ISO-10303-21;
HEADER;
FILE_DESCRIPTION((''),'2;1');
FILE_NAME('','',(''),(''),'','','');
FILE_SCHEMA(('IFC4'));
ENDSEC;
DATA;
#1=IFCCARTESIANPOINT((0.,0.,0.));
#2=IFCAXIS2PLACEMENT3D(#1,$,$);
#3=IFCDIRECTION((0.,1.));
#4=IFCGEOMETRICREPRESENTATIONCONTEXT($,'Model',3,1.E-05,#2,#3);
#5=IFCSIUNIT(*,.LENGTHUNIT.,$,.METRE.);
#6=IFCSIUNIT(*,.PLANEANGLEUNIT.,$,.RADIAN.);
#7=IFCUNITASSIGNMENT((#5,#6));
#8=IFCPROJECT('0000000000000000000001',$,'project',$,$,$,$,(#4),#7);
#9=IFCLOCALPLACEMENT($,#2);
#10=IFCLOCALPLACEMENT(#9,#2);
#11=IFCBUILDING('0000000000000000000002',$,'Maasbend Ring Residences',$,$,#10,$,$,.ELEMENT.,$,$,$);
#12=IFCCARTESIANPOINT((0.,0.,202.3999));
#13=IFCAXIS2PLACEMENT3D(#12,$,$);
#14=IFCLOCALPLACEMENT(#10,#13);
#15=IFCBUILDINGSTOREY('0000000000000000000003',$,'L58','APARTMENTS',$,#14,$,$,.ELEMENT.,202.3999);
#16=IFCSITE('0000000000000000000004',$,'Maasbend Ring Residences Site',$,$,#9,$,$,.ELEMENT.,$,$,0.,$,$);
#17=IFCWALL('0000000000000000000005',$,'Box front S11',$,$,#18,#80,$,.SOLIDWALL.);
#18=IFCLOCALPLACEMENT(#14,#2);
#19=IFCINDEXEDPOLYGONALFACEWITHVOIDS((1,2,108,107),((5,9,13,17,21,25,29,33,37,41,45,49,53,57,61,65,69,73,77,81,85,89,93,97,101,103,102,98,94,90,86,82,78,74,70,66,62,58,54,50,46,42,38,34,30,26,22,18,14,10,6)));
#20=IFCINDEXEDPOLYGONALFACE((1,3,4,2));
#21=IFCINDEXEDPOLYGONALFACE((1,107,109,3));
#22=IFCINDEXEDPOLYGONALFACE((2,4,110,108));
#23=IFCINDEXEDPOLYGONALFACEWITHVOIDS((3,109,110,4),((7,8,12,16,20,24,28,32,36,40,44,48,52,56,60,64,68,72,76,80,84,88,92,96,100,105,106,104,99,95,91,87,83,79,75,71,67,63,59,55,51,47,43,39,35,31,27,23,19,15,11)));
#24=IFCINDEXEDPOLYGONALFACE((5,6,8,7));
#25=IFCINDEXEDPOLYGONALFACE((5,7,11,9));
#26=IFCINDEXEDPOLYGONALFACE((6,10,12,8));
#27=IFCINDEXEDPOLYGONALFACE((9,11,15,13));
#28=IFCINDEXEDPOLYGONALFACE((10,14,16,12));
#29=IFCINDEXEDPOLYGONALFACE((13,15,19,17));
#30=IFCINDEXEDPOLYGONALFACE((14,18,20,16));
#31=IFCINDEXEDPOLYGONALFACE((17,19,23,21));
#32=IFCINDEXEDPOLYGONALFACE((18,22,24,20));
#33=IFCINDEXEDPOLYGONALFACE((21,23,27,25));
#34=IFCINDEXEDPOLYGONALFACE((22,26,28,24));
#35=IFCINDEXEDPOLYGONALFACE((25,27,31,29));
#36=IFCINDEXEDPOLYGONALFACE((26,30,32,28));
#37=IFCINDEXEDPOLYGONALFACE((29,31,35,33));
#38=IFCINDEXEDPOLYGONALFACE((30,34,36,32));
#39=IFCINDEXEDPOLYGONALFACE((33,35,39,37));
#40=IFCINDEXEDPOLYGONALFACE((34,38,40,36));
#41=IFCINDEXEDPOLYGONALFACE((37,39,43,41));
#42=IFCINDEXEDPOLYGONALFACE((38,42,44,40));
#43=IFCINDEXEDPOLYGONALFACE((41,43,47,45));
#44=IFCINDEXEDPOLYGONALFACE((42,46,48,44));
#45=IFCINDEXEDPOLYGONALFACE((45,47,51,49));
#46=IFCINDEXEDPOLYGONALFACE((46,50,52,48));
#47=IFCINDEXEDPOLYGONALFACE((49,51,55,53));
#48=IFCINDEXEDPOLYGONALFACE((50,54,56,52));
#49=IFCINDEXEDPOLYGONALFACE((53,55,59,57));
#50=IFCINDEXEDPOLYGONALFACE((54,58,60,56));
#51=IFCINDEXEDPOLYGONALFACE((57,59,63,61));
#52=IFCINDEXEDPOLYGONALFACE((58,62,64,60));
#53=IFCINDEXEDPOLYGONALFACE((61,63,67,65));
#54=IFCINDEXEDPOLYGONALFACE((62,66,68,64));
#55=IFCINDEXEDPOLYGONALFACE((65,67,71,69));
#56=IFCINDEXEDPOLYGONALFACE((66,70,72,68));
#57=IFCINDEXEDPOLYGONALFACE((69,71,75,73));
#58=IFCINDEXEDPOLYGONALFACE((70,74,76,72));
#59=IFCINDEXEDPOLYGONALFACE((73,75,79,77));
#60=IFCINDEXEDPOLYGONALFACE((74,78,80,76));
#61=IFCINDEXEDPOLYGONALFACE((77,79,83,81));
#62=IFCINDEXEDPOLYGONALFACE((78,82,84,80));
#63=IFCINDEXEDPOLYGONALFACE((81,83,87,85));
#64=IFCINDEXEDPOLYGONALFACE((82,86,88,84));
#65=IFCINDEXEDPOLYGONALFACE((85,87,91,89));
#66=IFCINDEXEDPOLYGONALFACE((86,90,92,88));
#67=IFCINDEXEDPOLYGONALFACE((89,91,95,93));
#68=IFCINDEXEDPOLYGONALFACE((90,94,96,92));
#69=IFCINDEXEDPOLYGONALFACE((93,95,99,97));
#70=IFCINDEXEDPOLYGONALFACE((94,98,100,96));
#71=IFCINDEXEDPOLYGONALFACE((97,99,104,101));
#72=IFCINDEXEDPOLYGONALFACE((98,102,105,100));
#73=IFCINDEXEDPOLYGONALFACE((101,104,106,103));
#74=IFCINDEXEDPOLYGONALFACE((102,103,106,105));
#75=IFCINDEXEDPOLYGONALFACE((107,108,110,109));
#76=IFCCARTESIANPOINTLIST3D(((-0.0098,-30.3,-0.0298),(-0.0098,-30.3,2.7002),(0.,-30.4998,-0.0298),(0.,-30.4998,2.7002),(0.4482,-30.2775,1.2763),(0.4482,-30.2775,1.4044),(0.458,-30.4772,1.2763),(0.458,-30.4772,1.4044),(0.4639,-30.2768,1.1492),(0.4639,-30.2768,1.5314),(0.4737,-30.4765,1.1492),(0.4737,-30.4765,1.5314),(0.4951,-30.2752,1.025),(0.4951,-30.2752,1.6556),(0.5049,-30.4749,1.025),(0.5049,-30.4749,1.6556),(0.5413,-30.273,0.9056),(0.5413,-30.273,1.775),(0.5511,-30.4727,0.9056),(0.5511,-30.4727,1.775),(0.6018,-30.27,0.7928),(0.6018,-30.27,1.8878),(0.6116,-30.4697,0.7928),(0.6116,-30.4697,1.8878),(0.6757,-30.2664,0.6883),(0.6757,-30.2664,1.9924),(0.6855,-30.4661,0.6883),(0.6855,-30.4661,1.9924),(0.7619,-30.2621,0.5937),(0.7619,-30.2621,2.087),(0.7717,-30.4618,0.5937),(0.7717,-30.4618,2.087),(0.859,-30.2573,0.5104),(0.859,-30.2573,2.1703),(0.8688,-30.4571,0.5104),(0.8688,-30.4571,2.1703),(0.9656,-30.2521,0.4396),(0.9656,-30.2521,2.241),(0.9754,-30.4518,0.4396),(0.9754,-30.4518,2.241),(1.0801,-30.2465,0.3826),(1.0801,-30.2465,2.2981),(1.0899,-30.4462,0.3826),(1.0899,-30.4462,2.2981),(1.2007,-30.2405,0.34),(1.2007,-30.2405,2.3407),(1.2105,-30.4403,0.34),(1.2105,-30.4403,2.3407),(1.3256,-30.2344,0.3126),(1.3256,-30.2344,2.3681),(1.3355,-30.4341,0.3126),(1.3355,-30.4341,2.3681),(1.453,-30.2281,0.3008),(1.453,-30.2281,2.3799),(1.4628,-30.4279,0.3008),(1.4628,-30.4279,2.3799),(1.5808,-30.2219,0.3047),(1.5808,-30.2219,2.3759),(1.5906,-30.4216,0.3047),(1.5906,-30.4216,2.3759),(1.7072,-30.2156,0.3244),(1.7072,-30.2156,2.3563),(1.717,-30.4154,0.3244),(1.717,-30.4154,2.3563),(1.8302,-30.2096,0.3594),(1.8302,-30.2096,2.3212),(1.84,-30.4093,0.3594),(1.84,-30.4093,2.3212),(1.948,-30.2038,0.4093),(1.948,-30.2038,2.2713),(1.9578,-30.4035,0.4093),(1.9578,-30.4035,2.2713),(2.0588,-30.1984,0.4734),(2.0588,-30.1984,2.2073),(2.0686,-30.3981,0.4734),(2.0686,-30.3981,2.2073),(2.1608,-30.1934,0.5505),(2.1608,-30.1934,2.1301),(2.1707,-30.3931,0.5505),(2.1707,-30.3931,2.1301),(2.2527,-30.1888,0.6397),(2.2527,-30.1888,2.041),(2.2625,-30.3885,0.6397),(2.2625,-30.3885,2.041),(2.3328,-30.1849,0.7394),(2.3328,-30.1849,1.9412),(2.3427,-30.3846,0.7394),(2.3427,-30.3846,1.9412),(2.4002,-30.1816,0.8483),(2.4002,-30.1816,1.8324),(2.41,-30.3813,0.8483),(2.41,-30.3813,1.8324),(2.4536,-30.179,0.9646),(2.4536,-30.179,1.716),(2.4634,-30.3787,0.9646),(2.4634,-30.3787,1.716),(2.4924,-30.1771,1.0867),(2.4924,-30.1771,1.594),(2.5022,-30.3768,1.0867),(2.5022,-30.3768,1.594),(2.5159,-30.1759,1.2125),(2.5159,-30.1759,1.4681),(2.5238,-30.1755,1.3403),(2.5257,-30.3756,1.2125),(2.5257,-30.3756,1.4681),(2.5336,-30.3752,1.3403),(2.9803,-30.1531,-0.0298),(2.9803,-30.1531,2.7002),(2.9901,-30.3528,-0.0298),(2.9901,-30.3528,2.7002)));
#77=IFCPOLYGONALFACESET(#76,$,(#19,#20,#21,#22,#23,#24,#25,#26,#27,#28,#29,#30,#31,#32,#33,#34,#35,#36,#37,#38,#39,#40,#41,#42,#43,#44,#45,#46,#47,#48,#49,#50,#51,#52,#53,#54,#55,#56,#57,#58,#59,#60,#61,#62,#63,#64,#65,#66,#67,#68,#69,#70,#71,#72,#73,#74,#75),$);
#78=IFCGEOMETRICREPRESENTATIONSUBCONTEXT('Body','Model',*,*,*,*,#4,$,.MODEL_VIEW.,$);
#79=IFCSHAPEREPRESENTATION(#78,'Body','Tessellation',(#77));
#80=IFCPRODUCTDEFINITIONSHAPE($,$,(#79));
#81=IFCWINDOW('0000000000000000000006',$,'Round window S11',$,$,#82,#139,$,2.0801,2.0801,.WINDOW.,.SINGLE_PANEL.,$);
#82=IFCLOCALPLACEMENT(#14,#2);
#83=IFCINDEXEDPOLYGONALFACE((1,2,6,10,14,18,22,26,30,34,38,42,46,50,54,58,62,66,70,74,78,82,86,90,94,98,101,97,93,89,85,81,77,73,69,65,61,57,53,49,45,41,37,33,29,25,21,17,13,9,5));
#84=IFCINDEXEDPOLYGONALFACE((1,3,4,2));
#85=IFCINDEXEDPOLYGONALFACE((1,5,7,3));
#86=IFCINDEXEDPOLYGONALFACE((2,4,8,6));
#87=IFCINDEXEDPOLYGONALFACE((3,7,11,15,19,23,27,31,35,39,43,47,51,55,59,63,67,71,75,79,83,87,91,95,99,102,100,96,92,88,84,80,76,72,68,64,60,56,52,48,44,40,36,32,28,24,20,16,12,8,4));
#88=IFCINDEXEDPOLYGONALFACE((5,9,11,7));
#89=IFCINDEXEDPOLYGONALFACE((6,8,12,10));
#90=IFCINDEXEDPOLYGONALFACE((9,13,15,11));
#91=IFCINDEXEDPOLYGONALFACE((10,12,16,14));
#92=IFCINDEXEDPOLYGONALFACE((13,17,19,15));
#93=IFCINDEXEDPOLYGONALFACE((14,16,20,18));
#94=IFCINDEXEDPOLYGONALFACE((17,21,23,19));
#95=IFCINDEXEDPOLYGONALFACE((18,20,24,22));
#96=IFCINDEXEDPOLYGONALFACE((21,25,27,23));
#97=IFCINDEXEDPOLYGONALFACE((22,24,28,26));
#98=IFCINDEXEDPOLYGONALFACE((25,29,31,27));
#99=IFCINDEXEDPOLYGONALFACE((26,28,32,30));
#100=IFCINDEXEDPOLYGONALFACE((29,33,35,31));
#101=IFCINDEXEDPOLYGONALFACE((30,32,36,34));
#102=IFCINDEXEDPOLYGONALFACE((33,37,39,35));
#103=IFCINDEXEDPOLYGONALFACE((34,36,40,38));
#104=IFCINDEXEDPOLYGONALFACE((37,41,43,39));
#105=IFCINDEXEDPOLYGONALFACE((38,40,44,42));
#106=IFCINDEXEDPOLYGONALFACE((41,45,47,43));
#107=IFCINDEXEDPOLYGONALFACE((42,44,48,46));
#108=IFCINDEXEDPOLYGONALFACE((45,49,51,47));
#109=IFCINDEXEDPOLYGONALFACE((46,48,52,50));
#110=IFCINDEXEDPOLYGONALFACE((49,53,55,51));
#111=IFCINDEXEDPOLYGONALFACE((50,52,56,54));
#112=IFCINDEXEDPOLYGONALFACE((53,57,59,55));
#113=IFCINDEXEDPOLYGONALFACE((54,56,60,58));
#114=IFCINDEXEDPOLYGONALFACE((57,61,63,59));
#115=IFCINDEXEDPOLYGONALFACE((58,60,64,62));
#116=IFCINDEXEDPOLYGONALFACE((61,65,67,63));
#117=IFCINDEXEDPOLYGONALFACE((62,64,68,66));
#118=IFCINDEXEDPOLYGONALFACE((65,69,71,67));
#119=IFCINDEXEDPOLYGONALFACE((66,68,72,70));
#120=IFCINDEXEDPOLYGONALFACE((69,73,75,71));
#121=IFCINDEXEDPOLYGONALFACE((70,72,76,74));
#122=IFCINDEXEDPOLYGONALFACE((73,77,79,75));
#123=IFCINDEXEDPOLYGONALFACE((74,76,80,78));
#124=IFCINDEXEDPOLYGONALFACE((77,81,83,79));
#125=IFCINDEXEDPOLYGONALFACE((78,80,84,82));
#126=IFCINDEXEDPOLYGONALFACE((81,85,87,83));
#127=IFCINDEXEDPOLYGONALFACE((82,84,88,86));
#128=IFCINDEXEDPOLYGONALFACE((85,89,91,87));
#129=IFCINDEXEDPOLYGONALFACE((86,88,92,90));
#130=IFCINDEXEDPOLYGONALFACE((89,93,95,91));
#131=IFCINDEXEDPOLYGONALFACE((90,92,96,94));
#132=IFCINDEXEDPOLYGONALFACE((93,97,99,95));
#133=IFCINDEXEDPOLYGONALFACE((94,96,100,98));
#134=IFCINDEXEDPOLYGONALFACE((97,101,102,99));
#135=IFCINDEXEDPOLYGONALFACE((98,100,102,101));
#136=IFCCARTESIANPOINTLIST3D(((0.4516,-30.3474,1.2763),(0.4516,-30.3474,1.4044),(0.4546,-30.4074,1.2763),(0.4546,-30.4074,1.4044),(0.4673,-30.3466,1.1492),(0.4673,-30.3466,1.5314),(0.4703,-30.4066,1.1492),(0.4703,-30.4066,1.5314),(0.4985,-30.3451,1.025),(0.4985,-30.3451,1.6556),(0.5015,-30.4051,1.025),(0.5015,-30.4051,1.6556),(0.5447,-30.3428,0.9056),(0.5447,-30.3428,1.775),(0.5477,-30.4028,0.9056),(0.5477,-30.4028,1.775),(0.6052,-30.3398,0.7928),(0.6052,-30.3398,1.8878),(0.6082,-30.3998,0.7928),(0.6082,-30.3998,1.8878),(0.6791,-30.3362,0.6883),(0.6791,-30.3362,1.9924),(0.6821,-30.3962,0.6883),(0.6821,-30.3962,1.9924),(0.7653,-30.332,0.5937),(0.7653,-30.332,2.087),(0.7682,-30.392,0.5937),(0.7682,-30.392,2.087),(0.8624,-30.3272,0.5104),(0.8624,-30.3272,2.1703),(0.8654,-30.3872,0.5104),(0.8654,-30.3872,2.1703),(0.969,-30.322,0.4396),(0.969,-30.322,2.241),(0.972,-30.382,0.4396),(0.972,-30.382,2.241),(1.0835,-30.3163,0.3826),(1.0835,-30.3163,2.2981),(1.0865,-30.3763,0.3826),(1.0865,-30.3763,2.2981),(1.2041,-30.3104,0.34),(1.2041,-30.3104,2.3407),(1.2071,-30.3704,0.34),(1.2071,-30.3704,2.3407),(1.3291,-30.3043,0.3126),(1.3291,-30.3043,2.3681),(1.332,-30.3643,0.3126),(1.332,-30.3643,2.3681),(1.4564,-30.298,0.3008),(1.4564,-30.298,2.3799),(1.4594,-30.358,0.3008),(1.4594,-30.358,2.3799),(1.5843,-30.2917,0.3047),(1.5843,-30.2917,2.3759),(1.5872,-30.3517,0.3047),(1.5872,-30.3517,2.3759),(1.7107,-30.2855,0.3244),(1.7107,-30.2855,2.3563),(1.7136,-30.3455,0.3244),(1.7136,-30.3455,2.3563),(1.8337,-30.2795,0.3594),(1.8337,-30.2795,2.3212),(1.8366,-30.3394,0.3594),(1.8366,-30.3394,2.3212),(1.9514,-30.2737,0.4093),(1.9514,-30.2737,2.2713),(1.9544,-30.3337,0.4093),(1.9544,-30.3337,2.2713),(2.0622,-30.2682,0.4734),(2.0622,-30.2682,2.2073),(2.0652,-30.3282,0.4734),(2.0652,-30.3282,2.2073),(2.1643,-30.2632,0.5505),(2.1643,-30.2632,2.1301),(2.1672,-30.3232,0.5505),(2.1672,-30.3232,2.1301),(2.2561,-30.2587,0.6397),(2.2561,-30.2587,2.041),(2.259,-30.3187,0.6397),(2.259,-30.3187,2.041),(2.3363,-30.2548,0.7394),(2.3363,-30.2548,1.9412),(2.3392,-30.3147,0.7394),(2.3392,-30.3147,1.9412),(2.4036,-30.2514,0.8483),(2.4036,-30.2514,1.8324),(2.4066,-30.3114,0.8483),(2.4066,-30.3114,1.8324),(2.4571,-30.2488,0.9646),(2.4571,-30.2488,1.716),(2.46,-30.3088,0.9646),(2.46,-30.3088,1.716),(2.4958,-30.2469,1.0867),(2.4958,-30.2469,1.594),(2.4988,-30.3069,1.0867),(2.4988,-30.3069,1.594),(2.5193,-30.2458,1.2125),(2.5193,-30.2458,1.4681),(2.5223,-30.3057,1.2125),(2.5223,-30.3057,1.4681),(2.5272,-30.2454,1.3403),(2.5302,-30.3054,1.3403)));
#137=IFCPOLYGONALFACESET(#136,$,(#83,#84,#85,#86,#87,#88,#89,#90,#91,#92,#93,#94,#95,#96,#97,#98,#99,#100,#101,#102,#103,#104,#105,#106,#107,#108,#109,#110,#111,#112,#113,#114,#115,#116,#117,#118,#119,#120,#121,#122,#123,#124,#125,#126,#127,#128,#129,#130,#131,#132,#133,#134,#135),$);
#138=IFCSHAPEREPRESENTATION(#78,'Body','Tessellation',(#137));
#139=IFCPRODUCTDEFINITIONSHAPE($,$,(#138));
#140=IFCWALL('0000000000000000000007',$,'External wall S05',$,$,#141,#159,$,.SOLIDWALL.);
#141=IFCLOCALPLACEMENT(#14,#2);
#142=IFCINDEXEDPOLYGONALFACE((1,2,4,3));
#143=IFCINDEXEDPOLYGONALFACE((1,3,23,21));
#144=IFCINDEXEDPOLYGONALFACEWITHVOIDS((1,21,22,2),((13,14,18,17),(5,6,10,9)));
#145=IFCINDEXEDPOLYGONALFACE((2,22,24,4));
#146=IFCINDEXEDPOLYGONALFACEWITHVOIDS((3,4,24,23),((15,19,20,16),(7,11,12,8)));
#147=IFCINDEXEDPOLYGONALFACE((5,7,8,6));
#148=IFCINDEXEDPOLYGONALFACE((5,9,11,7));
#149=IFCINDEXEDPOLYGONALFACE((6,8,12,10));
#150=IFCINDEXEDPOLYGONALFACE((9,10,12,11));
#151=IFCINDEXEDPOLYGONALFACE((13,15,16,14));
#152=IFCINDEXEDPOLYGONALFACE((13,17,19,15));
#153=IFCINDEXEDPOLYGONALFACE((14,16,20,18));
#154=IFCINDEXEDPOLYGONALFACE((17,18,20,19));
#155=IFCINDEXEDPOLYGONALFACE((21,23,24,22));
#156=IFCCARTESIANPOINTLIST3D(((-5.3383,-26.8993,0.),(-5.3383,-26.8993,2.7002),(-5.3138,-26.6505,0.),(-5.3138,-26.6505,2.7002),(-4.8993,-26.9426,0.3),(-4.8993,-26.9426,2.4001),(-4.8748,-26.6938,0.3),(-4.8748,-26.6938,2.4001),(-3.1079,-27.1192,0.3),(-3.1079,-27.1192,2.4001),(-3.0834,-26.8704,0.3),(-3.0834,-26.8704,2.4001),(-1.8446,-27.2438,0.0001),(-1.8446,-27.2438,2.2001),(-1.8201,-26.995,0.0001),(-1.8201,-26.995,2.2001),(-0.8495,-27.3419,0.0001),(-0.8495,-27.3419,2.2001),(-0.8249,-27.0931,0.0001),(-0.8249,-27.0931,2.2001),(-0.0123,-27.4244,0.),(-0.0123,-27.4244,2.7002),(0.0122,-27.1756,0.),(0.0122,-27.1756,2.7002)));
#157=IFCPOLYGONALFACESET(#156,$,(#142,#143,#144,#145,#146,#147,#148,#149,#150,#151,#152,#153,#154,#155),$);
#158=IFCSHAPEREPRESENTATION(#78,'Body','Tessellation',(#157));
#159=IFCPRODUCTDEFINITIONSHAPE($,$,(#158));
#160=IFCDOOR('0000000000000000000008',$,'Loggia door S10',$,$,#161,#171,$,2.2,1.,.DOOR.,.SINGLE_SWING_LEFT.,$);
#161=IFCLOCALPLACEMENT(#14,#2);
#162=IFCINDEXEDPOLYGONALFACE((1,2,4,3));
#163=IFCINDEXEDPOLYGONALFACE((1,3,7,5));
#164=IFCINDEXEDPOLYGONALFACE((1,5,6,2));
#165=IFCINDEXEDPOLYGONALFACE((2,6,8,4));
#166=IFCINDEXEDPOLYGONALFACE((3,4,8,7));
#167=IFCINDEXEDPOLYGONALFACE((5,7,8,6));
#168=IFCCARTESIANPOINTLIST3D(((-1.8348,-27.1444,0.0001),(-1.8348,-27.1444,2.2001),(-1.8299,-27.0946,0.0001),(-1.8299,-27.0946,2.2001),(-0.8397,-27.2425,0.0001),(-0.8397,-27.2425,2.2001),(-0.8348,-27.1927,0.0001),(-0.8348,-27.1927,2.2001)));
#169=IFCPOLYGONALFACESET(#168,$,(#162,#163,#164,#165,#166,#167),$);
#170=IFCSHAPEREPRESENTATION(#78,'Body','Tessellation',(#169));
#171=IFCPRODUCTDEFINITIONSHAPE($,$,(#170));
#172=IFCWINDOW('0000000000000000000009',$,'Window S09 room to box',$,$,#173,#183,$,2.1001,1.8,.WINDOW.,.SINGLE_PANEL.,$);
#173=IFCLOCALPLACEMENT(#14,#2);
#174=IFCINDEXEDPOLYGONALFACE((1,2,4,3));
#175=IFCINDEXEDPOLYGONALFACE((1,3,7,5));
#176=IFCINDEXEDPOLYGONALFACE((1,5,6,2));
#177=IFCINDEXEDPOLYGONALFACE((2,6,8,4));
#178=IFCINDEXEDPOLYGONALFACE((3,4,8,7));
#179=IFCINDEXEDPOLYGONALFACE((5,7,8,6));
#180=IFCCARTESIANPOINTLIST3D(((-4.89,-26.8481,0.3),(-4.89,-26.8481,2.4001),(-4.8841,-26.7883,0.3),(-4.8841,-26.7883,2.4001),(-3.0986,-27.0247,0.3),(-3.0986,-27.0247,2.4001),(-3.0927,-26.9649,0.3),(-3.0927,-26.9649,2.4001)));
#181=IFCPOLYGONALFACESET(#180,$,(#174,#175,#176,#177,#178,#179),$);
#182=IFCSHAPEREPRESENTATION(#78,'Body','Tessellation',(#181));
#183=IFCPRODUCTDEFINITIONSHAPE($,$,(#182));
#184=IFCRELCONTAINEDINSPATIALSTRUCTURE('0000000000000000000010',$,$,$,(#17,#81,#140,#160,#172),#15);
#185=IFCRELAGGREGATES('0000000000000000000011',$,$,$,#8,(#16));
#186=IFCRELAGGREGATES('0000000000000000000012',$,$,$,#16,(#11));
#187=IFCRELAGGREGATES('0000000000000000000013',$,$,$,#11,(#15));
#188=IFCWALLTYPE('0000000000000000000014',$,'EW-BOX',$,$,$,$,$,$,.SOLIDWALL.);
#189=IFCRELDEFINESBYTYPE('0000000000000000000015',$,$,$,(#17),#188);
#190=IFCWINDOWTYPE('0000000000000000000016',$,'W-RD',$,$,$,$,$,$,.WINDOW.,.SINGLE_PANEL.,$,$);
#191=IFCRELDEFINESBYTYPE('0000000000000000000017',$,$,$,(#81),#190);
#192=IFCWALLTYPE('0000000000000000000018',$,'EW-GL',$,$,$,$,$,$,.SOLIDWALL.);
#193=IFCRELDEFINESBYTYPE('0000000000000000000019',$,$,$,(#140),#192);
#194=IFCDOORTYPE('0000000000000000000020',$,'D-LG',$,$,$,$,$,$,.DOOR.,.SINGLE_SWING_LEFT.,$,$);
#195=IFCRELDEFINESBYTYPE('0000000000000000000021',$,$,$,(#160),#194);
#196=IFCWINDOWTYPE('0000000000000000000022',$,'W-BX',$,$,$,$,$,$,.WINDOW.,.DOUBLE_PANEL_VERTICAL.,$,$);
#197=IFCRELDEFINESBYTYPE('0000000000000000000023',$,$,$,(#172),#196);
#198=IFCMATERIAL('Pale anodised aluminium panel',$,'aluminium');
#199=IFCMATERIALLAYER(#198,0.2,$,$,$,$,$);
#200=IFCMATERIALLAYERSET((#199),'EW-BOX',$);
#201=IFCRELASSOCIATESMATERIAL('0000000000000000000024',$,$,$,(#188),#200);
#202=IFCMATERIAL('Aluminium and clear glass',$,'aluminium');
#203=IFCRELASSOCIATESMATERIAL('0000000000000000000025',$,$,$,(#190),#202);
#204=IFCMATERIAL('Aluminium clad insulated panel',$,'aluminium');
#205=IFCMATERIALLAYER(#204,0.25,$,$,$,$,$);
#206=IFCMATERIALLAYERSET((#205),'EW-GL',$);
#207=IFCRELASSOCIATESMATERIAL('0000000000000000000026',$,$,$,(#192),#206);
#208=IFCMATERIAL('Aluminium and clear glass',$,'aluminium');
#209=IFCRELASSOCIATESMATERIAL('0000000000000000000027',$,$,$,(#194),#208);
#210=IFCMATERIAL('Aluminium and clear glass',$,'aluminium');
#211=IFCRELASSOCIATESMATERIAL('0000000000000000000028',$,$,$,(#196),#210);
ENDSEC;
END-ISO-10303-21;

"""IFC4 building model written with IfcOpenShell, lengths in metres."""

from ifc_helpers import new_model, si_unit, direction, frame, frame_2d, origin, place, context, subcontext, project, spatial, rectangle, circle, extrude, material, layer, layer_set, type_object, element, fill, save


model = new_model("IFC4")

# Units and contexts
model_context = context("Model", 3, precision=1e-05, world=origin(), true_north=direction((0.0, 1.0)))
body_context = subcontext(model_context, "Body", "Model", "MODEL_VIEW")
ifc_project = project(units=[si_unit("LENGTHUNIT", "METRE"), si_unit("PLANEANGLEUNIT", "RADIAN")], contexts=[model_context])

# Site, building, storey
site_placement = place(None, origin())
site = spatial("IfcSite", under=ifc_project, at=site_placement, Name="Maasbend Ring Residences Site", CompositionType="ELEMENT", RefElevation=0.0)
building_placement = place(site_placement, origin())
building = spatial("IfcBuilding", under=site, at=building_placement, Name="Maasbend Ring Residences", CompositionType="ELEMENT")
storey_placement = place(building_placement, frame((0.0, 0.0, 202.3999)))
storey = spatial("IfcBuildingStorey", under=building, at=storey_placement, Name="L58", Description="APARTMENTS", CompositionType="ELEMENT", Elevation=202.3999)

# Shared definitions
ifc_material_1 = material(Name="Pale anodised aluminium panel", Category="aluminium")
ifc_layer_1 = layer(ifc_material_1, 0.2)
ifc_layer_set_1 = layer_set([ifc_layer_1], Name="EW-BOX")
wall_type_1 = type_object("IfcWallType", Name="EW-BOX", PredefinedType="SOLIDWALL", material=ifc_layer_set_1)

# Shared definitions
ifc_material_2 = material(Name="Aluminium and clear glass", Category="aluminium")
window_type_1 = type_object("IfcWindowType", Name="W-RD", PartitioningType="SINGLE_PANEL", PredefinedType="WINDOW", material=ifc_material_2)

# Wall, opening, window
wall_1_placement = place(storey_placement, frame((-0.0049, -30.3999, -0.0298), z_axis=(0.0, 0.0, 1.0), x_axis=(0.998794, 0.049096, 0.0)))
wall_1 = element("IfcWall", 1, at=wall_1_placement, inside=storey, type_object=wall_type_1, Name="Box front S11", PredefinedType="SOLIDWALL", context=body_context, shape_type="SweptSolid", body=[
    extrude(rectangle(XDim=2.9937, YDim=0.2, at=frame_2d((1.4968, 0.0))), origin(), (0.0, 0.0, 1.0), 2.73),
])
opening_1_placement = place(wall_1_placement, frame((0.4565, 0.0, 0.3301)))
opening_1 = element("IfcOpeningElement", 2, at=opening_1_placement, cuts=wall_1, PredefinedType="OPENING", context=body_context, shape_type="SweptSolid", body=[
    extrude(circle(Radius=1.04, at=frame_2d((1.04, 1.04))), frame((0.0, 0.1099, 0.0), z_axis=(0.0, -1.0, 0.0), x_axis=(1.0, 0.0, 0.0)), (0.0, 0.0, 1.0), 0.22),
])
window_1_placement = place(opening_1_placement, origin())
window_1 = element("IfcWindow", 3, at=window_1_placement, inside=storey, type_object=window_type_1, Name="Round window S11", OverallHeight=2.0801, OverallWidth=2.0801, PartitioningType="SINGLE_PANEL", PredefinedType="WINDOW", context=body_context, shape_type="SweptSolid", body=[
    extrude(circle(Radius=1.04, at=frame_2d((1.04, 1.04))), frame((0.0, 0.03, 0.0), z_axis=(0.0, -1.0, 0.0), x_axis=(1.0, 0.0, 0.0)), (0.0, 0.0, 1.0), 0.0601),
])
fill(opening_1, window_1)

# Wall, openings, door, window
ifc_material_3 = material(Name="Aluminium clad insulated panel", Category="aluminium")
ifc_layer_2 = layer(ifc_material_3, 0.25)
ifc_layer_set_2 = layer_set([ifc_layer_2], Name="EW-GL")
wall_type_2 = type_object("IfcWallType", Name="EW-GL", PredefinedType="SOLIDWALL", material=ifc_layer_set_2)
wall_2_placement = place(storey_placement, frame((-5.3259, -26.7749, 0.0), z_axis=(0.0, 0.0, 1.0), x_axis=(0.995174, -0.098126, 0.0)))
wall_2 = element("IfcWall", 4, at=wall_2_placement, inside=storey, type_object=wall_type_2, Name="External wall S05", PredefinedType="SOLIDWALL", context=body_context, shape_type="SweptSolid", body=[
    extrude(rectangle(XDim=5.3518, YDim=0.25, at=frame_2d((2.6758, 0.0))), origin(), (0.0, 0.0, 1.0), 2.7002),
])
opening_2_placement = place(wall_2_placement, frame((0.4412, 0.0, 0.3)))
opening_2 = element("IfcOpeningElement", 5, at=opening_2_placement, cuts=wall_2, PredefinedType="OPENING", context=body_context, shape_type="SweptSolid", body=[
    extrude(rectangle(XDim=1.8, YDim=2.1001, at=frame_2d((0.8999, 1.05))), frame((0.0, 0.135, 0.0), z_axis=(0.0, -1.0, 0.0), x_axis=(1.0, 0.0, 0.0)), (0.0, 0.0, 1.0), 0.27),
])
opening_3_placement = place(wall_2_placement, frame((3.5105, 0.0, 0.0)))
opening_3 = element("IfcOpeningElement", 6, at=opening_3_placement, cuts=wall_2, PredefinedType="OPENING", context=body_context, shape_type="SweptSolid", body=[
    extrude(rectangle(XDim=1.0, YDim=2.2, at=frame_2d((0.5, 1.1001))), frame((0.0, 0.135, 0.0), z_axis=(0.0, -1.0, 0.0), x_axis=(1.0, 0.0, 0.0)), (0.0, 0.0, 1.0), 0.27),
])
ifc_material_4 = material(Name="Aluminium and clear glass", Category="aluminium")
door_type_1 = type_object("IfcDoorType", Name="D-LG", OperationType="SINGLE_SWING_LEFT", PredefinedType="DOOR", material=ifc_material_4)
door_1_placement = place(opening_3_placement, origin())
door_1 = element("IfcDoor", 7, at=door_1_placement, inside=storey, type_object=door_type_1, Name="Loggia door S10", OperationType="SINGLE_SWING_LEFT", OverallHeight=2.2, OverallWidth=1.0, PredefinedType="DOOR", context=body_context, shape_type="SweptSolid", body=[
    extrude(rectangle(XDim=1.0, YDim=2.2, at=frame_2d((0.5, 1.1001))), frame((0.0, 0.0249, 0.0), z_axis=(0.0, -1.0, 0.0), x_axis=(1.0, 0.0, 0.0)), (0.0, 0.0, 1.0), 0.05),
])
fill(opening_3, door_1)
ifc_material_5 = material(Name="Aluminium and clear glass", Category="aluminium")
window_type_2 = type_object("IfcWindowType", Name="W-BX", PartitioningType="DOUBLE_PANEL_VERTICAL", PredefinedType="WINDOW", material=ifc_material_5)
window_2_placement = place(opening_2_placement, origin())
window_2 = element("IfcWindow", 8, at=window_2_placement, inside=storey, type_object=window_type_2, Name="Window S09 room to box", OverallHeight=2.1001, OverallWidth=1.8, PartitioningType="SINGLE_PANEL", PredefinedType="WINDOW", context=body_context, shape_type="SweptSolid", body=[
    extrude(rectangle(XDim=1.8, YDim=2.1001, at=frame_2d((0.8999, 1.05))), frame((0.0, 0.03, 0.0), z_axis=(0.0, -1.0, 0.0), x_axis=(1.0, 0.0, 0.0)), (0.0, 0.0, 1.0), 0.0601),
])
fill(opening_2, window_2)

save(model, "model.ifc")
